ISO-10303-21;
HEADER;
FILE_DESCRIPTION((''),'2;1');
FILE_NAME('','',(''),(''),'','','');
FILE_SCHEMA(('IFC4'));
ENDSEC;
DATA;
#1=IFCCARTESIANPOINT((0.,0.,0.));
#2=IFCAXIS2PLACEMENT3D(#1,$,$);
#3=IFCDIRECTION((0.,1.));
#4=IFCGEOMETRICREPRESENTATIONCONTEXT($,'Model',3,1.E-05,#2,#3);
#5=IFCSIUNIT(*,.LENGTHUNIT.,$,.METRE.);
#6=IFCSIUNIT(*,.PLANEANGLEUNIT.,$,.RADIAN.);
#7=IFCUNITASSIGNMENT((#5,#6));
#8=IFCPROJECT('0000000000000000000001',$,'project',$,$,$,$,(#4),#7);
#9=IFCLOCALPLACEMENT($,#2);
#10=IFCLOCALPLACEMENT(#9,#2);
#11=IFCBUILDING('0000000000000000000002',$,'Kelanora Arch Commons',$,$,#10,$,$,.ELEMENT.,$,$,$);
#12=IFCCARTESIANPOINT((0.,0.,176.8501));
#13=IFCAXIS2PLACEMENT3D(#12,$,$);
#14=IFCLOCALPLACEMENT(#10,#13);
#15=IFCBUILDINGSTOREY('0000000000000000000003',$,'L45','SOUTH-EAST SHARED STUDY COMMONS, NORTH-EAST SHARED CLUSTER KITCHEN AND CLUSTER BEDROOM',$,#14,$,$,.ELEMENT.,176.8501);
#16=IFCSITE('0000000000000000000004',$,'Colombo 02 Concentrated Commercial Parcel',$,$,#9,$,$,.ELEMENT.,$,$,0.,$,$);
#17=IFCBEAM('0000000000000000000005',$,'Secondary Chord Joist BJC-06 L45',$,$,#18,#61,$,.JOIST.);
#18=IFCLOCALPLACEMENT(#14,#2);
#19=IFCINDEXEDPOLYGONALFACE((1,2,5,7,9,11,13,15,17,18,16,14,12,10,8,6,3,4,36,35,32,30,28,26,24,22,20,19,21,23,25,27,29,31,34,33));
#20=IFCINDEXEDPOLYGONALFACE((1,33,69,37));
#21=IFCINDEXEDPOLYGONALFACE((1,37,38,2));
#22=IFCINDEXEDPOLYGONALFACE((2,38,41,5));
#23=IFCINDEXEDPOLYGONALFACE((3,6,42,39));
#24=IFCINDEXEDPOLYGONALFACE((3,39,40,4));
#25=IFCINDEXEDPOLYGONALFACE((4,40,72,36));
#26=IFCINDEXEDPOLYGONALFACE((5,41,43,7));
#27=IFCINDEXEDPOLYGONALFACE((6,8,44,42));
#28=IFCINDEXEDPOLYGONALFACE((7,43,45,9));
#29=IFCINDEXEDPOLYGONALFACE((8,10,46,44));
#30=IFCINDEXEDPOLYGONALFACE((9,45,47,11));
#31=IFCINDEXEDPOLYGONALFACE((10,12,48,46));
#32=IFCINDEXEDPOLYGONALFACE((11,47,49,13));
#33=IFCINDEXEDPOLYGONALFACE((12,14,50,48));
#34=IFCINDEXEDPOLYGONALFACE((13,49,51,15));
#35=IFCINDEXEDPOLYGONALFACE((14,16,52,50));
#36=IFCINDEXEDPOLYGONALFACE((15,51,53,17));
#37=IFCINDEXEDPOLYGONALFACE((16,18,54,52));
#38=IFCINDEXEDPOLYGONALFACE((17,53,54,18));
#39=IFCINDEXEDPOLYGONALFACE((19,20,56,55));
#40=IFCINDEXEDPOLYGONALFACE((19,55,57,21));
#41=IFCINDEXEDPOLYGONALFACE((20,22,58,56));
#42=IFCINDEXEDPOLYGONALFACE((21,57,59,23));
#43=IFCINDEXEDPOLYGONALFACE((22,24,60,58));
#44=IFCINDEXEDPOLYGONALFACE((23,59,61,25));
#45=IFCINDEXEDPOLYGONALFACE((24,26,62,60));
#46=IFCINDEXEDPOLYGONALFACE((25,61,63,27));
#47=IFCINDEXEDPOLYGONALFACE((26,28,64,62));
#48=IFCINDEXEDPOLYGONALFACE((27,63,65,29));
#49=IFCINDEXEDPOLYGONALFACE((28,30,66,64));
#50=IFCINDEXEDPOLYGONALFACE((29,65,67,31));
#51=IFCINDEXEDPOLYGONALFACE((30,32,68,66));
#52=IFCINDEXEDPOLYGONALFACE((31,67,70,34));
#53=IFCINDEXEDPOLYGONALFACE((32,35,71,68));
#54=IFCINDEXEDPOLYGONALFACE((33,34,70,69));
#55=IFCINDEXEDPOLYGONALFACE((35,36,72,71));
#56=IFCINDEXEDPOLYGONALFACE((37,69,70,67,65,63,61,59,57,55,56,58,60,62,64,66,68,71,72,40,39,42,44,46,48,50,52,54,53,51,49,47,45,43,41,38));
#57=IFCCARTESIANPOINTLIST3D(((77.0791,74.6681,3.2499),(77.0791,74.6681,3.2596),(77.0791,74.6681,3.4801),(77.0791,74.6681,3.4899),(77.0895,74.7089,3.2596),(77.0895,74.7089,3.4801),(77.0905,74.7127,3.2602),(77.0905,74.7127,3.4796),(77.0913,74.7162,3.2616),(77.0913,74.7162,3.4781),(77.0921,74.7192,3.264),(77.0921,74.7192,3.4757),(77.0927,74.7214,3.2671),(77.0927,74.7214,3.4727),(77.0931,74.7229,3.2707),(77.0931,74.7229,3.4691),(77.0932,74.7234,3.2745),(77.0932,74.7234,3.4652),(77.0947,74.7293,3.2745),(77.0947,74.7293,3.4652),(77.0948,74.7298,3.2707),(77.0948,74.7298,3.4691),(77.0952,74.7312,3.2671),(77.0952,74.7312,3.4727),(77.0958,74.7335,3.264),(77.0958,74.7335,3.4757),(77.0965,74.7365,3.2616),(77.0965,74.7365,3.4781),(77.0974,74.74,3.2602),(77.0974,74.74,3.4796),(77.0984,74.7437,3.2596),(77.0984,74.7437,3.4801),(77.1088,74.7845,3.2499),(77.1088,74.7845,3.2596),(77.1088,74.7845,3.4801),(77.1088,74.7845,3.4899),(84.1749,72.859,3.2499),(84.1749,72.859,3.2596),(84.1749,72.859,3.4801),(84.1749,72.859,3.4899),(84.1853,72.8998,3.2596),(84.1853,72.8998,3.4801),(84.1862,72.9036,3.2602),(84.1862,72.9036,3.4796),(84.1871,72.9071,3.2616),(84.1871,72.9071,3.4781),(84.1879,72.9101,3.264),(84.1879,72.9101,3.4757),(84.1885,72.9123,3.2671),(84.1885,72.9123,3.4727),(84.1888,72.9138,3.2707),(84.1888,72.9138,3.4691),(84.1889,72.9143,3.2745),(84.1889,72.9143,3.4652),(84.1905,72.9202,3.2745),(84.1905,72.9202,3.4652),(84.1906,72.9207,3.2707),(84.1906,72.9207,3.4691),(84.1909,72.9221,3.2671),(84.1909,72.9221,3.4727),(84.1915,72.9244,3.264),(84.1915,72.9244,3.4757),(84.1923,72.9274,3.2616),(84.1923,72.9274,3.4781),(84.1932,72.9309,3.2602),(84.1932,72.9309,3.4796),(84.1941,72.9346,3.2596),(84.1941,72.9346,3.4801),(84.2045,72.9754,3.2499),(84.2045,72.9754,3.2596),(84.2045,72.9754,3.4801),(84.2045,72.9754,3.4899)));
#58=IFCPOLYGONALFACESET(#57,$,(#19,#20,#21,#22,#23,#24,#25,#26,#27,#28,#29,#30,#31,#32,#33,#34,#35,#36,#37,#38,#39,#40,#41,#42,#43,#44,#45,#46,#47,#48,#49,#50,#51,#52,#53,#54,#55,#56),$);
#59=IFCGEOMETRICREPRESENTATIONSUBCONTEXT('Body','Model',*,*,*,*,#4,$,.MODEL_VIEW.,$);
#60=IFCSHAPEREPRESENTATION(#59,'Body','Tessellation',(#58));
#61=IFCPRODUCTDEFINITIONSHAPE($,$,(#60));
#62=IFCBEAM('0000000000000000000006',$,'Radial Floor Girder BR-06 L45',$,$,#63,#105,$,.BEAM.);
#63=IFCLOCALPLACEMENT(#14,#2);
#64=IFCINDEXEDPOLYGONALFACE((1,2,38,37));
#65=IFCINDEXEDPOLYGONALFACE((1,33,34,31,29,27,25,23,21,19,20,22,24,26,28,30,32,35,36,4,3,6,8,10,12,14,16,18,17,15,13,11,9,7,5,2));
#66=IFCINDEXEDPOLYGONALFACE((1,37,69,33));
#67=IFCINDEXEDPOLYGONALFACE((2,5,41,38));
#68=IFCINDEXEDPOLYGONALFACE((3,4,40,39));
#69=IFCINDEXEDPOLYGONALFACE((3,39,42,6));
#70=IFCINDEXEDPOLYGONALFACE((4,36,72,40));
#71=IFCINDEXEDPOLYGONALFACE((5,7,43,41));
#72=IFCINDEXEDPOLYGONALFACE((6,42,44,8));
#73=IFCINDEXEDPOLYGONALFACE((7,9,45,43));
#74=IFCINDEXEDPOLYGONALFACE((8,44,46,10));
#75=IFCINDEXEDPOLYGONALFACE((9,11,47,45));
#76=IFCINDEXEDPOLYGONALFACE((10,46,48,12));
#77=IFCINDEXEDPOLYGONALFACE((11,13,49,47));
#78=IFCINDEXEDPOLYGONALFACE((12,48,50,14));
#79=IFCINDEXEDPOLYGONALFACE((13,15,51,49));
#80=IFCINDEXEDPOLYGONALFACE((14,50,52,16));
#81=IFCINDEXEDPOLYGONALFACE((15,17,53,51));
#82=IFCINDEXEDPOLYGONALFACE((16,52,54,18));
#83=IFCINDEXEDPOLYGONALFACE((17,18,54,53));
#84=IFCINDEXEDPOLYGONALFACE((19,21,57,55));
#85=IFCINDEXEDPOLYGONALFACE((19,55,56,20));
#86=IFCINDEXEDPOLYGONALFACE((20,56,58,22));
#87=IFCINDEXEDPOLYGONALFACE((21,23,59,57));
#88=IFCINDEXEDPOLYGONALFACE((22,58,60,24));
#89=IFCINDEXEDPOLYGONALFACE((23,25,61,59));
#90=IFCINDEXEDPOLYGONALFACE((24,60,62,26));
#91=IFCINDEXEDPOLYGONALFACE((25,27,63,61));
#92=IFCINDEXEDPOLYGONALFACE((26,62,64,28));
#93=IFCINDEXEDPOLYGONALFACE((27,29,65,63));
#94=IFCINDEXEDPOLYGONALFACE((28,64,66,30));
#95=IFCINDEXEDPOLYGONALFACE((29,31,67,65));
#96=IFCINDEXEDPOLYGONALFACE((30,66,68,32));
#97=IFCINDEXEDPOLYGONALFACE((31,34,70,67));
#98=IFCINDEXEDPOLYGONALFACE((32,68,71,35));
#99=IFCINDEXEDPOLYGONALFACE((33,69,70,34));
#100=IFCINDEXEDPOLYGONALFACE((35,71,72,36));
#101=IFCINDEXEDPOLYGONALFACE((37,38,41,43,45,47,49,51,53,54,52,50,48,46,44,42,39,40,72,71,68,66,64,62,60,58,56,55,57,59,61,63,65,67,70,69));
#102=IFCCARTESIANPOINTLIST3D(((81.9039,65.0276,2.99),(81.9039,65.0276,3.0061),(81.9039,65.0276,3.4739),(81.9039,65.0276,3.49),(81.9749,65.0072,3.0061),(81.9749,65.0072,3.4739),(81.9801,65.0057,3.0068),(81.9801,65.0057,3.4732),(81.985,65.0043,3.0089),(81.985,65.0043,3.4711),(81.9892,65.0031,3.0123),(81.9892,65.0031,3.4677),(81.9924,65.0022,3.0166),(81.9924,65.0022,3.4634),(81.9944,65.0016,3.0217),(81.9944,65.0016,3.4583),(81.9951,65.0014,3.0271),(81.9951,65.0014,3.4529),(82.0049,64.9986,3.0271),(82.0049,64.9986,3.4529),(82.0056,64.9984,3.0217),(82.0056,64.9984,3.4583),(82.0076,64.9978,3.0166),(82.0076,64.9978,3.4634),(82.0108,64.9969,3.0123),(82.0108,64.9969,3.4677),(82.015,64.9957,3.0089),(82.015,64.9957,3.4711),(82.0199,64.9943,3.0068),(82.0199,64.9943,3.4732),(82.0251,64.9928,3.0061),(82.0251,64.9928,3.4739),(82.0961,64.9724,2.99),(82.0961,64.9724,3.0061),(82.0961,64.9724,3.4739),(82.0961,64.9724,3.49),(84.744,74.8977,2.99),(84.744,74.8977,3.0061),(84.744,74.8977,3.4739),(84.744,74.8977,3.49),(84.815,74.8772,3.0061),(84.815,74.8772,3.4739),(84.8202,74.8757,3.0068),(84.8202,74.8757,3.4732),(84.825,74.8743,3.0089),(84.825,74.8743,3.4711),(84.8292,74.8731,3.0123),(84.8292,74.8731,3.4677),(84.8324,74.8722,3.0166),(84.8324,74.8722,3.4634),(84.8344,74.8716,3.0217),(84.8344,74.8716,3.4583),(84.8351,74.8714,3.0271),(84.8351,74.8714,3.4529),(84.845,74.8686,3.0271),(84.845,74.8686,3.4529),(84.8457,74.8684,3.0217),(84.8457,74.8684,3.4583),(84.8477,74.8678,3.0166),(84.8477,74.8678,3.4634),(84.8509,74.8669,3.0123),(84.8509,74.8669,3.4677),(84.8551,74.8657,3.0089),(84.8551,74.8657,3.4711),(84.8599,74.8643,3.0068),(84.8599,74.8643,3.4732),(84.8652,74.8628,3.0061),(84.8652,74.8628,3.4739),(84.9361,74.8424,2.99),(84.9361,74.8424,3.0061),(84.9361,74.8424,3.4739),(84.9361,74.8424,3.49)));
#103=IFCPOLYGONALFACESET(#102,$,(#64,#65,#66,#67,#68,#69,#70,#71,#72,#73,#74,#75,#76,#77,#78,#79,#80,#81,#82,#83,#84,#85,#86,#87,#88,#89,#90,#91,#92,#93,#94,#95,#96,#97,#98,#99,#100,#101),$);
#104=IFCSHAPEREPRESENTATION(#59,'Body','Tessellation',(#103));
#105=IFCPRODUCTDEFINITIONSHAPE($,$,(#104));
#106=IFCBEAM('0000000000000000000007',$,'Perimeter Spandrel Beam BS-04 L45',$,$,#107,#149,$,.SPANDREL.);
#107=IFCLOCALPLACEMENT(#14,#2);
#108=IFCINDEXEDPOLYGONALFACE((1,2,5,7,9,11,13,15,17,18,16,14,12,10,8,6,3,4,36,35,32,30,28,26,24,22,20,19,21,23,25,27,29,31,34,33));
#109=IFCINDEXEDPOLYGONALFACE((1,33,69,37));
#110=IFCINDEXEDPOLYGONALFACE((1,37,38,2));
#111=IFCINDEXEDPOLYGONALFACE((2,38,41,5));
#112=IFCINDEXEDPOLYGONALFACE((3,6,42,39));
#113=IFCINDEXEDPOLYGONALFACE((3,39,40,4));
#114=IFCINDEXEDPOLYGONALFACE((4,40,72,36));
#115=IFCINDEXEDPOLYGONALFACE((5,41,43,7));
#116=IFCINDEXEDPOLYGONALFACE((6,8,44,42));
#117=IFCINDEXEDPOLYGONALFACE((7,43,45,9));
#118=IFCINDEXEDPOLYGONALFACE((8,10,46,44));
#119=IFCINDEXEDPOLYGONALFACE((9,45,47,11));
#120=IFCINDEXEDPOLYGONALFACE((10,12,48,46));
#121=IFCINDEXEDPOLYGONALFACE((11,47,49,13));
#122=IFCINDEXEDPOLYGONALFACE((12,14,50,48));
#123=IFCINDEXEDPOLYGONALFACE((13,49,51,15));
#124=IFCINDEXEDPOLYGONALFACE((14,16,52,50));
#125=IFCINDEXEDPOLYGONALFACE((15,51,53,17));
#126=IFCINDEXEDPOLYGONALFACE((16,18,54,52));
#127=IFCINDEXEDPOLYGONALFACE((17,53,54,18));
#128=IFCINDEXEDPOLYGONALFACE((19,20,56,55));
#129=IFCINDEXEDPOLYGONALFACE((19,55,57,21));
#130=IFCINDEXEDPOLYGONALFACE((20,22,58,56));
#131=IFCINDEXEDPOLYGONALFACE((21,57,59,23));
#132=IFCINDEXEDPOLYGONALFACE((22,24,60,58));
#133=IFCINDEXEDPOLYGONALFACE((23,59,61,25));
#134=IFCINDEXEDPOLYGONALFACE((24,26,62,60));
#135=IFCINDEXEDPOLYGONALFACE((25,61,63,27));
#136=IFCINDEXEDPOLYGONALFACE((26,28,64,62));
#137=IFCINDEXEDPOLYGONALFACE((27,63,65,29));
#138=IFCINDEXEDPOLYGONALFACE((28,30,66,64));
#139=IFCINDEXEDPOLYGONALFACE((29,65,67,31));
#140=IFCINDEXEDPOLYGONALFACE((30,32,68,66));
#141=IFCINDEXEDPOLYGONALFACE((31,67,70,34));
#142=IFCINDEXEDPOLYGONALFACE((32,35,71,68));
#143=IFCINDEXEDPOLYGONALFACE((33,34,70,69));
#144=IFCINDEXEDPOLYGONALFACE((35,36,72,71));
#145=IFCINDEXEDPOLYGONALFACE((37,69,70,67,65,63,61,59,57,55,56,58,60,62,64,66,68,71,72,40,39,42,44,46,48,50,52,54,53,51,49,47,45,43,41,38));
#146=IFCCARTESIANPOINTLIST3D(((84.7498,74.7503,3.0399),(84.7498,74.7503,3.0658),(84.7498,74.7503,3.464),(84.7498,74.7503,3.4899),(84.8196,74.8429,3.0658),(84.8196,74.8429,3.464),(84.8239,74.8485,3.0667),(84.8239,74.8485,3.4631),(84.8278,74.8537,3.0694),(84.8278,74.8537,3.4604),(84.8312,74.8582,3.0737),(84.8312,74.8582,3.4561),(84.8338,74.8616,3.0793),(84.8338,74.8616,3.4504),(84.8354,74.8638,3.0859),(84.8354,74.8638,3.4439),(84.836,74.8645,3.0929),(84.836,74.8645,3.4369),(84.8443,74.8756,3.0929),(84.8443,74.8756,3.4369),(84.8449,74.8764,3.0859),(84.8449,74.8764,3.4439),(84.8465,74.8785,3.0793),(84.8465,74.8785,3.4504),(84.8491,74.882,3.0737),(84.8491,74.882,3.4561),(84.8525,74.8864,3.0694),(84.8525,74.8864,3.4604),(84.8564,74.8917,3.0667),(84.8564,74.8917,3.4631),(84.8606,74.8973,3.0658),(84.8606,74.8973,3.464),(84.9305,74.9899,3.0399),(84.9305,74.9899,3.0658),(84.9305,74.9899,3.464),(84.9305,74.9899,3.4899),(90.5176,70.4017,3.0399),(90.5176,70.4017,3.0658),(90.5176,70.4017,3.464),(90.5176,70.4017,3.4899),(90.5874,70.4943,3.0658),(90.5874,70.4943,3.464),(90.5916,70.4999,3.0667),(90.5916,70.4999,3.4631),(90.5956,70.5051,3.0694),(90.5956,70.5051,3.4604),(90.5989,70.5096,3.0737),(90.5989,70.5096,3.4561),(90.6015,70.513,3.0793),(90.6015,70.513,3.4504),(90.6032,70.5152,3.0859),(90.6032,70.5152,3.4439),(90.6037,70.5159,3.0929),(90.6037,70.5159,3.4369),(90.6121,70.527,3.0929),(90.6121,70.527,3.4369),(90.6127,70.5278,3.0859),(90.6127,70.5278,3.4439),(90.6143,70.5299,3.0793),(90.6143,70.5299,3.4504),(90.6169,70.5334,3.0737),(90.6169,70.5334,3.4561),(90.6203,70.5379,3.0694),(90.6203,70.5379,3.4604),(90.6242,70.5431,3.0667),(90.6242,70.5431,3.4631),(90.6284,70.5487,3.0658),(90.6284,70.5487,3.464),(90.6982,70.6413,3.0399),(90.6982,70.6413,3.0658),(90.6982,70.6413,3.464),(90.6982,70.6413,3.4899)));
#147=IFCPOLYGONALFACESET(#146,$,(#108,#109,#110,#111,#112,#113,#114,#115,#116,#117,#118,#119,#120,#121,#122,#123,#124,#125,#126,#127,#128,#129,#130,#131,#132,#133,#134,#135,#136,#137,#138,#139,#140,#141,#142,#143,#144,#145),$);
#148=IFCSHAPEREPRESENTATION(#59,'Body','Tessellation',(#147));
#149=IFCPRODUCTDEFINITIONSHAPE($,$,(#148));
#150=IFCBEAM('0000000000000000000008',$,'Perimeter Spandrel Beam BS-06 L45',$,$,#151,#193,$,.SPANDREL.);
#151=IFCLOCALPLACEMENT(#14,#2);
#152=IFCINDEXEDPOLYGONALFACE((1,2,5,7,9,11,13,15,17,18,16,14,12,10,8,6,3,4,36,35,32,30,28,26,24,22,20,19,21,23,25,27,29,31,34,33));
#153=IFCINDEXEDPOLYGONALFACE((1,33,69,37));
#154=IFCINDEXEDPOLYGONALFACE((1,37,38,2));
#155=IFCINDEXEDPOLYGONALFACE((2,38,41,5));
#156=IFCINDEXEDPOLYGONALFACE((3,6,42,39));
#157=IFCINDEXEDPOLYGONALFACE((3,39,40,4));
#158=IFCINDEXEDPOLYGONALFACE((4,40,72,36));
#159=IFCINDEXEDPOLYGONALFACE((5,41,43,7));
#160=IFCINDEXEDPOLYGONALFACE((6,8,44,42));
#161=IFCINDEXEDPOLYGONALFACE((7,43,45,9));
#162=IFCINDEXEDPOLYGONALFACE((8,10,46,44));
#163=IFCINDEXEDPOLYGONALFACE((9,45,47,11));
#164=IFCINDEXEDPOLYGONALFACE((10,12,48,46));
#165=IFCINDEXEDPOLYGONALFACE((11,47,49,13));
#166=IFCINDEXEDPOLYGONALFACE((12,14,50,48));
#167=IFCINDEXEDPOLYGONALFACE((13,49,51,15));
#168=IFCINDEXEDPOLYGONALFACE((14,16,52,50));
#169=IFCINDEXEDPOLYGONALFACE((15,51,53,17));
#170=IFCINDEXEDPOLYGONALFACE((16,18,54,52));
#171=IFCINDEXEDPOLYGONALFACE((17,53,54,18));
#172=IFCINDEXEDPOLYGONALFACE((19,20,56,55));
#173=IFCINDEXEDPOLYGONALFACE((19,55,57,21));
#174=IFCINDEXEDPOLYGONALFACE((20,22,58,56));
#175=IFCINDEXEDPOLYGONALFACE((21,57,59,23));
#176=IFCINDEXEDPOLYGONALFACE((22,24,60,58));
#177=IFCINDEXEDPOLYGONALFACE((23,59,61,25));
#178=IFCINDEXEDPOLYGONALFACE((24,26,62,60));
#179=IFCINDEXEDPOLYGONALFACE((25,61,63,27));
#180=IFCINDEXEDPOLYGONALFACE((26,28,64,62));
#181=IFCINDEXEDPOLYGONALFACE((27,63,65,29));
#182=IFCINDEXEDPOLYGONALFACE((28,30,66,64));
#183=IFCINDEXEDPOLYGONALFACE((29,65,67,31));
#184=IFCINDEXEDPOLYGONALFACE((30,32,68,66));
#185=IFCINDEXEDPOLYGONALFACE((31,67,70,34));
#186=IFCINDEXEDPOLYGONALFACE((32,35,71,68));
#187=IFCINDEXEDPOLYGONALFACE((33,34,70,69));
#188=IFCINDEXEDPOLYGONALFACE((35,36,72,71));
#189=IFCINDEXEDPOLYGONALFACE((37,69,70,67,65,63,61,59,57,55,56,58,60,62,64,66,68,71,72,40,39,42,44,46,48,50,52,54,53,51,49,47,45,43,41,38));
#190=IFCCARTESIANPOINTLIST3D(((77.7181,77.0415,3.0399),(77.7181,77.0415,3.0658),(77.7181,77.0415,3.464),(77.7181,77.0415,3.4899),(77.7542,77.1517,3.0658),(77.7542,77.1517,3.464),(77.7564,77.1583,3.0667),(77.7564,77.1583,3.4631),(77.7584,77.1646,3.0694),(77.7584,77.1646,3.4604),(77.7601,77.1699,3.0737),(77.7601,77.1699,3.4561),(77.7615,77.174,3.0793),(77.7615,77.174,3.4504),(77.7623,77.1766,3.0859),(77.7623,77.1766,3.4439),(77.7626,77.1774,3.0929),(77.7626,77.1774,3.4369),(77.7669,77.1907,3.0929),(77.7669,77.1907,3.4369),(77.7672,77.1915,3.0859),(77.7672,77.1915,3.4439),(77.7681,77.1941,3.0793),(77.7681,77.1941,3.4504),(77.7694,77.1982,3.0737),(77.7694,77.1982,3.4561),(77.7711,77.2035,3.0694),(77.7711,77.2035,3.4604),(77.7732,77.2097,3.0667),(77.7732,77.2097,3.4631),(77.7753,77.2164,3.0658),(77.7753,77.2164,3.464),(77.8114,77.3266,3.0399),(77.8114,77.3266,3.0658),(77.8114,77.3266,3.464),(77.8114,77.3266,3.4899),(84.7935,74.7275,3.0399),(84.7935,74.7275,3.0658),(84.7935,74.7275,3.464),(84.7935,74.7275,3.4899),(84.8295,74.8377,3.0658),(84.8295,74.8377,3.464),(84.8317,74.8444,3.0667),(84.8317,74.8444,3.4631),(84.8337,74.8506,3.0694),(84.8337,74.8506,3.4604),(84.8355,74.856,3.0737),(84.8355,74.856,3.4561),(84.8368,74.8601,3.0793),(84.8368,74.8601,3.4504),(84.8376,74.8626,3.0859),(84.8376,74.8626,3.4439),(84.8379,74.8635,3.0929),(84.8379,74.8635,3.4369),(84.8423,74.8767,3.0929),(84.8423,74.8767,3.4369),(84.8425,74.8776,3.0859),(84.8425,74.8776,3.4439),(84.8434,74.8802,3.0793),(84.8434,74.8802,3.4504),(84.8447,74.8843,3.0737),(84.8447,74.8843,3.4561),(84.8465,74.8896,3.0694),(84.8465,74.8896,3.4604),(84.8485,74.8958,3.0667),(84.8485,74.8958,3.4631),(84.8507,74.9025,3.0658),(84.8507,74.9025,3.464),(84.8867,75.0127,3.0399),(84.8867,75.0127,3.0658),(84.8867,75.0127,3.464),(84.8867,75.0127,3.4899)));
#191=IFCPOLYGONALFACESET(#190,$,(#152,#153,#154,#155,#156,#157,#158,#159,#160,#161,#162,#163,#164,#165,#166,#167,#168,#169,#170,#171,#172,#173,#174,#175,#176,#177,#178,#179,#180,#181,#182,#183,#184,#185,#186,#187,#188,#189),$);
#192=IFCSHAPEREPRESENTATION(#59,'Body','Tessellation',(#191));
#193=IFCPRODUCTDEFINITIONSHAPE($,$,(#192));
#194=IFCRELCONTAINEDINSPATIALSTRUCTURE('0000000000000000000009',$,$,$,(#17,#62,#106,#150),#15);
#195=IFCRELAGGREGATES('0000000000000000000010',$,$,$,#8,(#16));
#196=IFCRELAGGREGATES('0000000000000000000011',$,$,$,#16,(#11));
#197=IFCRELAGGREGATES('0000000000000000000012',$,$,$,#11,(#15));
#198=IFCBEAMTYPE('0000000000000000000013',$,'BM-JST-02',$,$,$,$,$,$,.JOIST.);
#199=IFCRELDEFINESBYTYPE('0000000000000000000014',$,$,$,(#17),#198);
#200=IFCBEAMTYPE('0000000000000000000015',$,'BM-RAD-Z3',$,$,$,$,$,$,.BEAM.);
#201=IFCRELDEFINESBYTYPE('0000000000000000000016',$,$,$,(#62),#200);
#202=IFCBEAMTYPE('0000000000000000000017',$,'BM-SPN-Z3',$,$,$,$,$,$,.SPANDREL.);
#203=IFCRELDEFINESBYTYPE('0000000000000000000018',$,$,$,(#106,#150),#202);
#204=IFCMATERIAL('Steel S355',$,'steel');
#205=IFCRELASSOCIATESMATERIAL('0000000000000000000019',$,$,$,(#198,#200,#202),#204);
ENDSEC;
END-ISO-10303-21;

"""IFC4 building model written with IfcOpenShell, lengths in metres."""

from ifc_helpers import new_model, si_unit, direction, frame, origin, origin_2d, place, context, subcontext, project, spatial, i_section, extrude, material, material_profile, profile_set, type_object, element, save


model = new_model("IFC4")

# Units and contexts
model_context = context("Model", 3, precision=1e-05, world=origin(), true_north=direction((0.0, 1.0)))
body_context = subcontext(model_context, "Body", "Model", "MODEL_VIEW")
ifc_project = project(units=[si_unit("LENGTHUNIT", "METRE"), si_unit("PLANEANGLEUNIT", "RADIAN")], contexts=[model_context])

# Site, building, storey
site_placement = place(None, origin())
site = spatial("IfcSite", under=ifc_project, at=site_placement, Name="Colombo 02 Concentrated Commercial Parcel", CompositionType="ELEMENT", RefElevation=0.0)
building_placement = place(site_placement, origin())
building = spatial("IfcBuilding", under=site, at=building_placement, Name="Kelanora Arch Commons", CompositionType="ELEMENT")
storey_placement = place(building_placement, frame((0.0, 0.0, 176.8501)))
storey = spatial("IfcBuildingStorey", under=building, at=storey_placement, Name="L45", Description="SOUTH-EAST SHARED STUDY COMMONS, NORTH-EAST SHARED CLUSTER KITCHEN AND CLUSTER BEDROOM", CompositionType="ELEMENT", Elevation=176.8501)

# Beams
ifc_material_1 = material(Name="Steel S355", Category="steel")
ifc_material_profile_1 = material_profile(ifc_material_1, i_section(OverallWidth=0.1201, OverallDepth=0.24, WebThickness=0.0061, FlangeThickness=0.0098, FilletRadius=0.0149, at=origin_2d()), Name="IPE240")
ifc_profile_set_1 = profile_set([ifc_material_profile_1], Name="Steel S355")
beam_type_1 = type_object("IfcBeamType", Name="BM-JST-02", PredefinedType="JOIST", material=ifc_profile_set_1)
beam_1_placement = place(storey_placement, frame((84.1897, 72.9172, 3.3699), z_axis=(-0.969002, 0.247052, 0.0), x_axis=(-0.247052, -0.969002, 0.0)))
element("IfcBeam", 1, at=beam_1_placement, inside=storey, type_object=beam_type_1, Name="Secondary Chord Joist BJC-06 L45", PredefinedType="JOIST", context=body_context, shape_type="SweptSolid", body=[
    extrude(i_section(OverallWidth=0.1201, OverallDepth=0.24, WebThickness=0.0061, FlangeThickness=0.0098, FilletRadius=0.0149, at=origin_2d()), origin(), (0.0, 0.0, 1.0), 7.3228),
])
ifc_material_profile_2 = material_profile(ifc_material_1, i_section(OverallWidth=0.2, OverallDepth=0.5, WebThickness=0.0103, FlangeThickness=0.0161, FilletRadius=0.021, at=origin_2d()), Name="IPE500")
ifc_profile_set_2 = profile_set([ifc_material_profile_2], Name="Steel S355")
beam_type_2 = type_object("IfcBeamType", Name="BM-RAD-Z3", PredefinedType="BEAM", material=ifc_profile_set_2)
beam_2_placement = place(storey_placement, frame((82.0, 65.0, 3.24), z_axis=(0.276526, 0.961006, 0.0), x_axis=(-0.961006, 0.276526, 0.0)))
element("IfcBeam", 2, at=beam_2_placement, inside=storey, type_object=beam_type_2, Name="Radial Floor Girder BR-06 L45", PredefinedType="BEAM", context=body_context, shape_type="SweptSolid", body=[
    extrude(i_section(OverallWidth=0.2, OverallDepth=0.5, WebThickness=0.0103, FlangeThickness=0.0161, FilletRadius=0.021, at=origin_2d()), origin(), (0.0, 0.0, 1.0), 10.2705),
])
ifc_material_profile_3 = material_profile(ifc_material_1, i_section(OverallWidth=0.3, OverallDepth=0.45, WebThickness=0.0139, FlangeThickness=0.0259, FilletRadius=0.0271, at=origin_2d()), Name="HEB450")
ifc_profile_set_3 = profile_set([ifc_material_profile_3], Name="Steel S355")
beam_type_3 = type_object("IfcBeamType", Name="BM-SPN-Z3", PredefinedType="SPANDREL", material=ifc_profile_set_3)
beam_3_placement = place(storey_placement, frame((90.6079, 70.5215, 3.2649), z_axis=(-0.798485, 0.602015, 0.0), x_axis=(-0.602015, -0.798485, 0.0)))
element("IfcBeam", 3, at=beam_3_placement, inside=storey, type_object=beam_type_3, Name="Perimeter Spandrel Beam BS-04 L45", PredefinedType="SPANDREL", context=body_context, shape_type="SweptSolid", body=[
    extrude(i_section(OverallWidth=0.3, OverallDepth=0.45, WebThickness=0.0139, FlangeThickness=0.0259, FilletRadius=0.0271, at=origin_2d()), origin(), (0.0, 0.0, 1.0), 7.2234),
])
beam_4_placement = place(storey_placement, frame((84.8401, 74.8701, 3.2649), z_axis=(-0.950462, 0.310841, 0.0), x_axis=(-0.310841, -0.950462, 0.0)))
element("IfcBeam", 4, at=beam_4_placement, inside=storey, type_object=beam_type_3, Name="Perimeter Spandrel Beam BS-06 L45", PredefinedType="SPANDREL", context=body_context, shape_type="SweptSolid", body=[
    extrude(i_section(OverallWidth=0.3, OverallDepth=0.45, WebThickness=0.0139, FlangeThickness=0.0259, FilletRadius=0.0271, at=origin_2d()), origin(), (0.0, 0.0, 1.0), 7.4441),
])

save(model, "model.ifc")
